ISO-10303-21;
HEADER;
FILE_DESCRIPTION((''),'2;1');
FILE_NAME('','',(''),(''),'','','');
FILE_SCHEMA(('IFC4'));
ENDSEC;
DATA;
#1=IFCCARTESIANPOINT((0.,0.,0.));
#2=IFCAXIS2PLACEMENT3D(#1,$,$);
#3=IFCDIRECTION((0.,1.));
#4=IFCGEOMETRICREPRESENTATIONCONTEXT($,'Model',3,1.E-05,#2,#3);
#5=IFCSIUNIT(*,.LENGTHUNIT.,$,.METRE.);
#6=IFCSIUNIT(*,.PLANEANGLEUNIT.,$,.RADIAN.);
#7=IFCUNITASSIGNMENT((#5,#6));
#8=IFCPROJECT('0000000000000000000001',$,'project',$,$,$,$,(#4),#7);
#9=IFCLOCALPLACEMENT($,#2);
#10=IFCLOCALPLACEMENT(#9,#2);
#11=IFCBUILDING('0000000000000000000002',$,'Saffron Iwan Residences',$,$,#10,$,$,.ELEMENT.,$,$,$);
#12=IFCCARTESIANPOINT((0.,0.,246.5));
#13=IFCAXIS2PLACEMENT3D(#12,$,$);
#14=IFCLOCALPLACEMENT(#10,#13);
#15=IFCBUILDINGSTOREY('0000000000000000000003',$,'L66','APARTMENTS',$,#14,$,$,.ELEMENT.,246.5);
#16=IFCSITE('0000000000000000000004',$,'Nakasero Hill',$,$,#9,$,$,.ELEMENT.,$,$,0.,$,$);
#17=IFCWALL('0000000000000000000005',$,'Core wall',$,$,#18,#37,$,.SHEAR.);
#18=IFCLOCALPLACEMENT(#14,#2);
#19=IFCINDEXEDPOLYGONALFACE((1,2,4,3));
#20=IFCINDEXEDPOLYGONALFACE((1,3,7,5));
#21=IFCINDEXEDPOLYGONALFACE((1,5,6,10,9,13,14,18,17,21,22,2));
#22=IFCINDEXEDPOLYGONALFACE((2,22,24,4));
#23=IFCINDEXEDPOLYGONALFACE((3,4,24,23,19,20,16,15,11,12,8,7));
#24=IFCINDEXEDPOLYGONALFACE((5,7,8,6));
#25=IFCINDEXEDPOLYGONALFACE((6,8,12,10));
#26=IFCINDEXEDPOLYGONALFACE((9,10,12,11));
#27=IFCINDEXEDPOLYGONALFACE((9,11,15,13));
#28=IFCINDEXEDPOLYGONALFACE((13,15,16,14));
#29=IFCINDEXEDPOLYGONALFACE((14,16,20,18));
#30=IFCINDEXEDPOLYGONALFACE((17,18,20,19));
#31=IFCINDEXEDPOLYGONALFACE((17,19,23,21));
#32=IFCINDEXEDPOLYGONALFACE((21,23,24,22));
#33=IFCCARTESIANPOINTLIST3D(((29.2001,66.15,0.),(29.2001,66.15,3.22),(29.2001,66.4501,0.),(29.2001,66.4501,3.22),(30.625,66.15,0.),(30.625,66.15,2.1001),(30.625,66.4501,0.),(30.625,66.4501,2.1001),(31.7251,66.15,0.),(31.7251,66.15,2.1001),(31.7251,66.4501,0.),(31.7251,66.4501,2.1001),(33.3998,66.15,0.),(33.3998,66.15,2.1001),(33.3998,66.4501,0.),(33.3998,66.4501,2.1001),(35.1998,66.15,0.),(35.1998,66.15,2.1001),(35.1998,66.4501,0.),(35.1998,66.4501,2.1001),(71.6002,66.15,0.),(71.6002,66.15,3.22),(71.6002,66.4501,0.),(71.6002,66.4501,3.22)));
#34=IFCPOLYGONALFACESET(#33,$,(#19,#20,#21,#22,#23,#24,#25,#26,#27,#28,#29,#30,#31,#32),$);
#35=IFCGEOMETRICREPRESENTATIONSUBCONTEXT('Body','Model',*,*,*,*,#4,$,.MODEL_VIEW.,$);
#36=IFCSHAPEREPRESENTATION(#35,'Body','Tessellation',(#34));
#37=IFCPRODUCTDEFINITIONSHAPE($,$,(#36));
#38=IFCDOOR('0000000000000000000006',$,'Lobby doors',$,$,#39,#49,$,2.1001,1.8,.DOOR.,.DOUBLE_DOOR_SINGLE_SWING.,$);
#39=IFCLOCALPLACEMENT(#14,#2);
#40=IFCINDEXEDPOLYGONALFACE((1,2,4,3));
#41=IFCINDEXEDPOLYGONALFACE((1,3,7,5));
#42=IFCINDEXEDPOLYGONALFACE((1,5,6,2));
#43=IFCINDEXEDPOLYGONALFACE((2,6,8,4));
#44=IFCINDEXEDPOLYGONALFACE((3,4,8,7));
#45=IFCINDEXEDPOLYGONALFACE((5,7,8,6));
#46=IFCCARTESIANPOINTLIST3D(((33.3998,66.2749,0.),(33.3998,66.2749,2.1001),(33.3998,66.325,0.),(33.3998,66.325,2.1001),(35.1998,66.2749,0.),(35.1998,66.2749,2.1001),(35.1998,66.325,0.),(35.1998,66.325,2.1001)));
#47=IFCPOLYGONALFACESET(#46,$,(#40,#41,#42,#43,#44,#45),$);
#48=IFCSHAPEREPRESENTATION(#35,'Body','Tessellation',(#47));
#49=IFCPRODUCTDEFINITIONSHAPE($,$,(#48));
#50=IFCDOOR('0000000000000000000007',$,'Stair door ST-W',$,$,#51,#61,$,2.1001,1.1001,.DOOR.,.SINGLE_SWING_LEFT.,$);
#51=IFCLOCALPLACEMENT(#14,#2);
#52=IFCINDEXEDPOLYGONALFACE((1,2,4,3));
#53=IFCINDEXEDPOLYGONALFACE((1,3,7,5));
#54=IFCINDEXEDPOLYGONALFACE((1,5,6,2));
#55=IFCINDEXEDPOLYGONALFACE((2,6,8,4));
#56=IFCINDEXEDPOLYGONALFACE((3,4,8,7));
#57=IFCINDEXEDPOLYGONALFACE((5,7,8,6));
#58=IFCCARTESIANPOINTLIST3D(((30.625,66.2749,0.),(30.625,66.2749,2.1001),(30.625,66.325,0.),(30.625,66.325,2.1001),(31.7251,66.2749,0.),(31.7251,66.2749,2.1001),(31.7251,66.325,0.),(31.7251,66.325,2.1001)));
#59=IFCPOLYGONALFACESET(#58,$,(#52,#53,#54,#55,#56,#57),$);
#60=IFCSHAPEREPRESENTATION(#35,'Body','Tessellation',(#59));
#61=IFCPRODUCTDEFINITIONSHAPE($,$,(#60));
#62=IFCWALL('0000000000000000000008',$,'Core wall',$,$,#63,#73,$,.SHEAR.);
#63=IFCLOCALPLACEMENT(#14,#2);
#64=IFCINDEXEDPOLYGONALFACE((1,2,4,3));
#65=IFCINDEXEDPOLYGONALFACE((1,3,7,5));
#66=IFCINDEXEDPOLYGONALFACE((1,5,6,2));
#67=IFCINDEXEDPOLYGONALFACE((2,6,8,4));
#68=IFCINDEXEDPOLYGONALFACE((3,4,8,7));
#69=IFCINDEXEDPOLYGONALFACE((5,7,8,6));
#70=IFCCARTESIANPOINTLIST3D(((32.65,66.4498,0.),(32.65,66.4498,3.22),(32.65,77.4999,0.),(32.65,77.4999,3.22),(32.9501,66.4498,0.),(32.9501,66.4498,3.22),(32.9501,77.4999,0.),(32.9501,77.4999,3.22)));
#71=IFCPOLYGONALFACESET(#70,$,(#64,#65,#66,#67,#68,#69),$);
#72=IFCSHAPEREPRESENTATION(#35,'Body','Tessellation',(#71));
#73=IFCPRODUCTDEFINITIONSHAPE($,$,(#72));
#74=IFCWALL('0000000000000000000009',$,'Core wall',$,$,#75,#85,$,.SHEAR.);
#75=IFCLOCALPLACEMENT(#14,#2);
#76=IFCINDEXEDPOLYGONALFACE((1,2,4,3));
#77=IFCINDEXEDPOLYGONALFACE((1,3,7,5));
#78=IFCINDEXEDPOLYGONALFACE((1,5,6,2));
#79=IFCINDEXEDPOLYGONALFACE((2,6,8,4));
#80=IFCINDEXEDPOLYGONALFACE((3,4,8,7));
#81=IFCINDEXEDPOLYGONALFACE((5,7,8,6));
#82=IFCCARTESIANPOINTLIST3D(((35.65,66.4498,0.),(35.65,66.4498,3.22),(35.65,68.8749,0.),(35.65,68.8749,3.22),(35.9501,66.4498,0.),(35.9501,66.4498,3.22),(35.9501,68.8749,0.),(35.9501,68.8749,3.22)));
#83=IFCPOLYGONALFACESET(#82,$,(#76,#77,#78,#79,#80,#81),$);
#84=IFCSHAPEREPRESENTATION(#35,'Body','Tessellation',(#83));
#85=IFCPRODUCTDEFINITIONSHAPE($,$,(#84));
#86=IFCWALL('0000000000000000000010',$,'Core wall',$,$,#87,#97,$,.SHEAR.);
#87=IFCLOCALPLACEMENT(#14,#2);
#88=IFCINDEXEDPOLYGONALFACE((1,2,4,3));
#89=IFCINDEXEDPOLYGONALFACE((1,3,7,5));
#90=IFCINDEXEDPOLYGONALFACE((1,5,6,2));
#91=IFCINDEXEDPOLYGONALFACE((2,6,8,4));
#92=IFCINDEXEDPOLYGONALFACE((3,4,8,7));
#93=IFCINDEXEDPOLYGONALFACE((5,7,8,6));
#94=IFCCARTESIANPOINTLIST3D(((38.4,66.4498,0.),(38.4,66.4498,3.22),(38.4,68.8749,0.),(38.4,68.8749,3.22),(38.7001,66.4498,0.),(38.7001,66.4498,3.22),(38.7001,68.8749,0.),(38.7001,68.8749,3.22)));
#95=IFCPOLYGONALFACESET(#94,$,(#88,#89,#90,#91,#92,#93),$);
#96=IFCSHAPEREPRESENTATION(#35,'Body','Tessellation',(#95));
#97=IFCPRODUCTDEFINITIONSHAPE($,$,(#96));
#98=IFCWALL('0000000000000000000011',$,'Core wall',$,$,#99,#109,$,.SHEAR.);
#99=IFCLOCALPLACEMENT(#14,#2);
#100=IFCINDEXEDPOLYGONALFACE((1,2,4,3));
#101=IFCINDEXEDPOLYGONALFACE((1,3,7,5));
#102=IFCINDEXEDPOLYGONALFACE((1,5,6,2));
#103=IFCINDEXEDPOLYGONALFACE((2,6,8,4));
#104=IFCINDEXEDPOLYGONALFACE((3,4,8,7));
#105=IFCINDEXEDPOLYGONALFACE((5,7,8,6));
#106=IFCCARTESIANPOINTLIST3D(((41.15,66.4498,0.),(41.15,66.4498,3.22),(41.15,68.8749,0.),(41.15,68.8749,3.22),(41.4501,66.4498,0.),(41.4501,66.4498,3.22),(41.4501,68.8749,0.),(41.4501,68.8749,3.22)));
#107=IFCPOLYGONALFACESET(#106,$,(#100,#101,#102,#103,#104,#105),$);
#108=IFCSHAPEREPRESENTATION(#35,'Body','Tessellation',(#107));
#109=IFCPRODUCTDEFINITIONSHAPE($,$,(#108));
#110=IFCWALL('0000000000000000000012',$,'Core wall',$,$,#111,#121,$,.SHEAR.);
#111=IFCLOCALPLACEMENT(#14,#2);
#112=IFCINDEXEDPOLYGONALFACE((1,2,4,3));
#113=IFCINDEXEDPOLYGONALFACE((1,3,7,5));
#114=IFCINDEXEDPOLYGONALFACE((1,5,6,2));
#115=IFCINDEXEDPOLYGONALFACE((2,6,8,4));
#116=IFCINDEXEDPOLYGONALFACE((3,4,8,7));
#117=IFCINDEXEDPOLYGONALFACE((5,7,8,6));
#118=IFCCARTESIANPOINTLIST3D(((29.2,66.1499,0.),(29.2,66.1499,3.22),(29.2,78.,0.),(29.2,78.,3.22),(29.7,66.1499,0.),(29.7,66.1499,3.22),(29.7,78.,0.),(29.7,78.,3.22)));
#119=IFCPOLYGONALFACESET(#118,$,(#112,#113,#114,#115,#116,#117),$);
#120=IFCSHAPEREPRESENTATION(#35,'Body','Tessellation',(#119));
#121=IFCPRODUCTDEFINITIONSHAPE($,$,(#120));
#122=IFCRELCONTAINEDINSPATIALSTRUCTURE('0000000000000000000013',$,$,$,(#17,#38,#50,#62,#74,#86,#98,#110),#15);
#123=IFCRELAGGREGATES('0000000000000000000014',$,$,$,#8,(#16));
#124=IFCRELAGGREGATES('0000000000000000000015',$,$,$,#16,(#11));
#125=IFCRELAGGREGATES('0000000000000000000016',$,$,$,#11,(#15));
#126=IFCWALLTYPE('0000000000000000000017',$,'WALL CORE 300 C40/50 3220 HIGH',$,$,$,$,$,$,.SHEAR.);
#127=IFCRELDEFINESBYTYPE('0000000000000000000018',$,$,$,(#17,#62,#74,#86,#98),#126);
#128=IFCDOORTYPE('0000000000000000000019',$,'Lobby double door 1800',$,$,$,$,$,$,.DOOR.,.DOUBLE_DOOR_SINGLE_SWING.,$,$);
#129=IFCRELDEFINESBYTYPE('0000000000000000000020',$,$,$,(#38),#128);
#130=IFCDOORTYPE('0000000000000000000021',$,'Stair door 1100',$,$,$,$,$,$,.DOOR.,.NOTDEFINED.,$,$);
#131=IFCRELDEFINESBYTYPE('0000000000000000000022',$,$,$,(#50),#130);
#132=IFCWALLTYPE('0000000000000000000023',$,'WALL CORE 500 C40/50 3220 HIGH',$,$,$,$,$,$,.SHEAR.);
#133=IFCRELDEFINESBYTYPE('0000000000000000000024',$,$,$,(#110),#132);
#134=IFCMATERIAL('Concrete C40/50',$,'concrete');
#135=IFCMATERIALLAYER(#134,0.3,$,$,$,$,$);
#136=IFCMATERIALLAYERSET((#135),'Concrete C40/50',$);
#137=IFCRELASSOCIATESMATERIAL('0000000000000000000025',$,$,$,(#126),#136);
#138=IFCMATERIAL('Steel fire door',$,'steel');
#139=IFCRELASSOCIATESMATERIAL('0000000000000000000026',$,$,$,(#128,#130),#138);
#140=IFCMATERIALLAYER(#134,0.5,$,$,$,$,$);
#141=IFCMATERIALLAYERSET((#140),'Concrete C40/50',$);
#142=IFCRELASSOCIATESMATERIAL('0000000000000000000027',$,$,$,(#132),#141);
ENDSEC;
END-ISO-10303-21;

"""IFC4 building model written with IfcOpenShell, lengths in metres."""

from ifc_helpers import new_model, si_unit, direction, frame, frame_2d, origin, place, context, subcontext, project, spatial, rectangle, extrude, material, layer, layer_set, type_object, element, fill, save


model = new_model("IFC4")

# Units and contexts
model_context = context("Model", 3, precision=1e-05, world=origin(), true_north=direction((0.0, 1.0)))
body_context = subcontext(model_context, "Body", "Model", "MODEL_VIEW")
ifc_project = project(units=[si_unit("LENGTHUNIT", "METRE"), si_unit("PLANEANGLEUNIT", "RADIAN")], contexts=[model_context])

# Site, building, storey
site_placement = place(None, origin())
site = spatial("IfcSite", under=ifc_project, at=site_placement, Name="Nakasero Hill", CompositionType="ELEMENT", RefElevation=0.0)
building_placement = place(site_placement, origin())
building = spatial("IfcBuilding", under=site, at=building_placement, Name="Saffron Iwan Residences", CompositionType="ELEMENT")
storey_placement = place(building_placement, frame((0.0, 0.0, 246.5)))
storey = spatial("IfcBuildingStorey", under=building, at=storey_placement, Name="L66", Description="APARTMENTS", CompositionType="ELEMENT", Elevation=246.5)

# Shared definitions
ifc_material_1 = material(Name="Concrete C40/50", Category="concrete")

# Shared definitions
ifc_material_2 = material(Name="Steel fire door", Category="steel")

# Wall, openings, doors
ifc_layer_1 = layer(ifc_material_1, 0.3)
ifc_layer_set_1 = layer_set([ifc_layer_1], Name="Concrete C40/50")
wall_type_1 = type_object("IfcWallType", Name="WALL CORE 300 C40/50 3220 HIGH", PredefinedType="SHEAR", material=ifc_layer_set_1)
wall_1_placement = place(storey_placement, frame((29.2, 66.3, 0.0), z_axis=(0.0, 0.0, 1.0), x_axis=(1.0, 0.0, 0.0)))
wall_1 = element("IfcWall", 1, at=wall_1_placement, inside=storey, type_object=wall_type_1, Name="Core wall", PredefinedType="SHEAR", context=body_context, shape_type="SweptSolid", body=[
    extrude(rectangle(XDim=42.4001, YDim=0.3, at=frame_2d((21.2002, 0.0))), origin(), (0.0, 0.0, 1.0), 3.22),
])
opening_1_placement = place(wall_1_placement, frame((1.425, 0.0, 0.0)))
opening_1 = element("IfcOpeningElement", 2, at=opening_1_placement, cuts=wall_1, PredefinedType="OPENING", context=body_context, shape_type="SweptSolid", body=[
    extrude(rectangle(XDim=1.1001, YDim=2.1001, at=frame_2d((0.55, 1.05))), frame((0.0, 0.1602, 0.0), z_axis=(0.0, -1.0, 0.0), x_axis=(1.0, 0.0, 0.0)), (0.0, 0.0, 1.0), 0.3201),
])
opening_2_placement = place(wall_1_placement, frame((4.2, 0.0, 0.0)))
opening_2 = element("IfcOpeningElement", 3, at=opening_2_placement, cuts=wall_1, PredefinedType="OPENING", context=body_context, shape_type="SweptSolid", body=[
    extrude(rectangle(XDim=1.8, YDim=2.1001, at=frame_2d((0.8999, 1.05))), frame((0.0, 0.1602, 0.0), z_axis=(0.0, -1.0, 0.0), x_axis=(1.0, 0.0, 0.0)), (0.0, 0.0, 1.0), 0.3201),
])
door_type_1 = type_object("IfcDoorType", Name="Lobby double door 1800", OperationType="DOUBLE_DOOR_SINGLE_SWING", PredefinedType="DOOR", material=ifc_material_2)
door_1_placement = place(opening_2_placement, origin())
door_1 = element("IfcDoor", 4, at=door_1_placement, inside=storey, type_object=door_type_1, Name="Lobby doors", OperationType="DOUBLE_DOOR_SINGLE_SWING", OverallHeight=2.1001, OverallWidth=1.8, PredefinedType="DOOR", context=body_context, shape_type="SweptSolid", body=[
    extrude(rectangle(XDim=1.8, YDim=2.1001, at=frame_2d((0.8999, 1.05))), frame((0.0, 0.0249, 0.0), z_axis=(0.0, -1.0, 0.0), x_axis=(1.0, 0.0, 0.0)), (0.0, 0.0, 1.0), 0.05),
])
fill(opening_2, door_1)
door_type_2 = type_object("IfcDoorType", Name="Stair door 1100", OperationType="NOTDEFINED", PredefinedType="DOOR", material=ifc_material_2)
door_2_placement = place(opening_1_placement, origin())
door_2 = element("IfcDoor", 5, at=door_2_placement, inside=storey, type_object=door_type_2, Name="Stair door ST-W", OperationType="SINGLE_SWING_LEFT", OverallHeight=2.1001, OverallWidth=1.1001, PredefinedType="DOOR", context=body_context, shape_type="SweptSolid", body=[
    extrude(rectangle(XDim=1.1001, YDim=2.1001, at=frame_2d((0.55, 1.05))), frame((0.0, 0.0249, 0.0), z_axis=(0.0, -1.0, 0.0), x_axis=(1.0, 0.0, 0.0)), (0.0, 0.0, 1.0), 0.05),
])
fill(opening_1, door_2)

# Walls
wall_2_placement = place(storey_placement, frame((32.8, 66.45, 0.0), z_axis=(0.0, 0.0, 1.0), x_axis=(0.0, 1.0, 0.0)))
element("IfcWall", 6, at=wall_2_placement, inside=storey, type_object=wall_type_1, Name="Core wall", PredefinedType="SHEAR", context=body_context, shape_type="SweptSolid", body=[
    extrude(rectangle(XDim=11.05, YDim=0.3, at=frame_2d((5.5249, 0.0))), origin(), (0.0, 0.0, 1.0), 3.22),
])
for number, where, z_axis, x_axis, name in (
    (7, (35.8, 66.45, 0.0), (0.0, 0.0, 1.0), (0.0, 1.0, 0.0), "Core wall"),
    (8, (38.55, 66.45, 0.0), (0.0, 0.0, 1.0), (0.0, 1.0, 0.0), "Core wall"),
    (9, (41.3, 66.45, 0.0), (0.0, 0.0, 1.0), (0.0, 1.0, 0.0), "Core wall"),
):
    element("IfcWall", number, at=place(storey_placement, frame(where, z_axis=z_axis, x_axis=x_axis)), inside=storey, type_object=wall_type_1, Name=name, PredefinedType="SHEAR", context=body_context, shape_type="SweptSolid", body=[
        extrude(rectangle(XDim=2.425, YDim=0.3, at=frame_2d((1.2124, 0.0))), origin(), (0.0, 0.0, 1.0), 3.22),
    ])
ifc_layer_2 = layer(ifc_material_1, 0.5)
ifc_layer_set_2 = layer_set([ifc_layer_2], Name="Concrete C40/50")
wall_type_2 = type_object("IfcWallType", Name="WALL CORE 500 C40/50 3220 HIGH", PredefinedType="SHEAR", material=ifc_layer_set_2)
wall_3_placement = place(storey_placement, frame((29.45, 66.1499, 0.0), z_axis=(0.0, 0.0, 1.0), x_axis=(0.0, 1.0, 0.0)))
element("IfcWall", 10, at=wall_3_placement, inside=storey, type_object=wall_type_2, Name="Core wall", PredefinedType="SHEAR", context=body_context, shape_type="SweptSolid", body=[
    extrude(rectangle(XDim=11.8501, YDim=0.5, at=frame_2d((5.925, 0.0))), origin(), (0.0, 0.0, 1.0), 3.22),
])

save(model, "model.ifc")
